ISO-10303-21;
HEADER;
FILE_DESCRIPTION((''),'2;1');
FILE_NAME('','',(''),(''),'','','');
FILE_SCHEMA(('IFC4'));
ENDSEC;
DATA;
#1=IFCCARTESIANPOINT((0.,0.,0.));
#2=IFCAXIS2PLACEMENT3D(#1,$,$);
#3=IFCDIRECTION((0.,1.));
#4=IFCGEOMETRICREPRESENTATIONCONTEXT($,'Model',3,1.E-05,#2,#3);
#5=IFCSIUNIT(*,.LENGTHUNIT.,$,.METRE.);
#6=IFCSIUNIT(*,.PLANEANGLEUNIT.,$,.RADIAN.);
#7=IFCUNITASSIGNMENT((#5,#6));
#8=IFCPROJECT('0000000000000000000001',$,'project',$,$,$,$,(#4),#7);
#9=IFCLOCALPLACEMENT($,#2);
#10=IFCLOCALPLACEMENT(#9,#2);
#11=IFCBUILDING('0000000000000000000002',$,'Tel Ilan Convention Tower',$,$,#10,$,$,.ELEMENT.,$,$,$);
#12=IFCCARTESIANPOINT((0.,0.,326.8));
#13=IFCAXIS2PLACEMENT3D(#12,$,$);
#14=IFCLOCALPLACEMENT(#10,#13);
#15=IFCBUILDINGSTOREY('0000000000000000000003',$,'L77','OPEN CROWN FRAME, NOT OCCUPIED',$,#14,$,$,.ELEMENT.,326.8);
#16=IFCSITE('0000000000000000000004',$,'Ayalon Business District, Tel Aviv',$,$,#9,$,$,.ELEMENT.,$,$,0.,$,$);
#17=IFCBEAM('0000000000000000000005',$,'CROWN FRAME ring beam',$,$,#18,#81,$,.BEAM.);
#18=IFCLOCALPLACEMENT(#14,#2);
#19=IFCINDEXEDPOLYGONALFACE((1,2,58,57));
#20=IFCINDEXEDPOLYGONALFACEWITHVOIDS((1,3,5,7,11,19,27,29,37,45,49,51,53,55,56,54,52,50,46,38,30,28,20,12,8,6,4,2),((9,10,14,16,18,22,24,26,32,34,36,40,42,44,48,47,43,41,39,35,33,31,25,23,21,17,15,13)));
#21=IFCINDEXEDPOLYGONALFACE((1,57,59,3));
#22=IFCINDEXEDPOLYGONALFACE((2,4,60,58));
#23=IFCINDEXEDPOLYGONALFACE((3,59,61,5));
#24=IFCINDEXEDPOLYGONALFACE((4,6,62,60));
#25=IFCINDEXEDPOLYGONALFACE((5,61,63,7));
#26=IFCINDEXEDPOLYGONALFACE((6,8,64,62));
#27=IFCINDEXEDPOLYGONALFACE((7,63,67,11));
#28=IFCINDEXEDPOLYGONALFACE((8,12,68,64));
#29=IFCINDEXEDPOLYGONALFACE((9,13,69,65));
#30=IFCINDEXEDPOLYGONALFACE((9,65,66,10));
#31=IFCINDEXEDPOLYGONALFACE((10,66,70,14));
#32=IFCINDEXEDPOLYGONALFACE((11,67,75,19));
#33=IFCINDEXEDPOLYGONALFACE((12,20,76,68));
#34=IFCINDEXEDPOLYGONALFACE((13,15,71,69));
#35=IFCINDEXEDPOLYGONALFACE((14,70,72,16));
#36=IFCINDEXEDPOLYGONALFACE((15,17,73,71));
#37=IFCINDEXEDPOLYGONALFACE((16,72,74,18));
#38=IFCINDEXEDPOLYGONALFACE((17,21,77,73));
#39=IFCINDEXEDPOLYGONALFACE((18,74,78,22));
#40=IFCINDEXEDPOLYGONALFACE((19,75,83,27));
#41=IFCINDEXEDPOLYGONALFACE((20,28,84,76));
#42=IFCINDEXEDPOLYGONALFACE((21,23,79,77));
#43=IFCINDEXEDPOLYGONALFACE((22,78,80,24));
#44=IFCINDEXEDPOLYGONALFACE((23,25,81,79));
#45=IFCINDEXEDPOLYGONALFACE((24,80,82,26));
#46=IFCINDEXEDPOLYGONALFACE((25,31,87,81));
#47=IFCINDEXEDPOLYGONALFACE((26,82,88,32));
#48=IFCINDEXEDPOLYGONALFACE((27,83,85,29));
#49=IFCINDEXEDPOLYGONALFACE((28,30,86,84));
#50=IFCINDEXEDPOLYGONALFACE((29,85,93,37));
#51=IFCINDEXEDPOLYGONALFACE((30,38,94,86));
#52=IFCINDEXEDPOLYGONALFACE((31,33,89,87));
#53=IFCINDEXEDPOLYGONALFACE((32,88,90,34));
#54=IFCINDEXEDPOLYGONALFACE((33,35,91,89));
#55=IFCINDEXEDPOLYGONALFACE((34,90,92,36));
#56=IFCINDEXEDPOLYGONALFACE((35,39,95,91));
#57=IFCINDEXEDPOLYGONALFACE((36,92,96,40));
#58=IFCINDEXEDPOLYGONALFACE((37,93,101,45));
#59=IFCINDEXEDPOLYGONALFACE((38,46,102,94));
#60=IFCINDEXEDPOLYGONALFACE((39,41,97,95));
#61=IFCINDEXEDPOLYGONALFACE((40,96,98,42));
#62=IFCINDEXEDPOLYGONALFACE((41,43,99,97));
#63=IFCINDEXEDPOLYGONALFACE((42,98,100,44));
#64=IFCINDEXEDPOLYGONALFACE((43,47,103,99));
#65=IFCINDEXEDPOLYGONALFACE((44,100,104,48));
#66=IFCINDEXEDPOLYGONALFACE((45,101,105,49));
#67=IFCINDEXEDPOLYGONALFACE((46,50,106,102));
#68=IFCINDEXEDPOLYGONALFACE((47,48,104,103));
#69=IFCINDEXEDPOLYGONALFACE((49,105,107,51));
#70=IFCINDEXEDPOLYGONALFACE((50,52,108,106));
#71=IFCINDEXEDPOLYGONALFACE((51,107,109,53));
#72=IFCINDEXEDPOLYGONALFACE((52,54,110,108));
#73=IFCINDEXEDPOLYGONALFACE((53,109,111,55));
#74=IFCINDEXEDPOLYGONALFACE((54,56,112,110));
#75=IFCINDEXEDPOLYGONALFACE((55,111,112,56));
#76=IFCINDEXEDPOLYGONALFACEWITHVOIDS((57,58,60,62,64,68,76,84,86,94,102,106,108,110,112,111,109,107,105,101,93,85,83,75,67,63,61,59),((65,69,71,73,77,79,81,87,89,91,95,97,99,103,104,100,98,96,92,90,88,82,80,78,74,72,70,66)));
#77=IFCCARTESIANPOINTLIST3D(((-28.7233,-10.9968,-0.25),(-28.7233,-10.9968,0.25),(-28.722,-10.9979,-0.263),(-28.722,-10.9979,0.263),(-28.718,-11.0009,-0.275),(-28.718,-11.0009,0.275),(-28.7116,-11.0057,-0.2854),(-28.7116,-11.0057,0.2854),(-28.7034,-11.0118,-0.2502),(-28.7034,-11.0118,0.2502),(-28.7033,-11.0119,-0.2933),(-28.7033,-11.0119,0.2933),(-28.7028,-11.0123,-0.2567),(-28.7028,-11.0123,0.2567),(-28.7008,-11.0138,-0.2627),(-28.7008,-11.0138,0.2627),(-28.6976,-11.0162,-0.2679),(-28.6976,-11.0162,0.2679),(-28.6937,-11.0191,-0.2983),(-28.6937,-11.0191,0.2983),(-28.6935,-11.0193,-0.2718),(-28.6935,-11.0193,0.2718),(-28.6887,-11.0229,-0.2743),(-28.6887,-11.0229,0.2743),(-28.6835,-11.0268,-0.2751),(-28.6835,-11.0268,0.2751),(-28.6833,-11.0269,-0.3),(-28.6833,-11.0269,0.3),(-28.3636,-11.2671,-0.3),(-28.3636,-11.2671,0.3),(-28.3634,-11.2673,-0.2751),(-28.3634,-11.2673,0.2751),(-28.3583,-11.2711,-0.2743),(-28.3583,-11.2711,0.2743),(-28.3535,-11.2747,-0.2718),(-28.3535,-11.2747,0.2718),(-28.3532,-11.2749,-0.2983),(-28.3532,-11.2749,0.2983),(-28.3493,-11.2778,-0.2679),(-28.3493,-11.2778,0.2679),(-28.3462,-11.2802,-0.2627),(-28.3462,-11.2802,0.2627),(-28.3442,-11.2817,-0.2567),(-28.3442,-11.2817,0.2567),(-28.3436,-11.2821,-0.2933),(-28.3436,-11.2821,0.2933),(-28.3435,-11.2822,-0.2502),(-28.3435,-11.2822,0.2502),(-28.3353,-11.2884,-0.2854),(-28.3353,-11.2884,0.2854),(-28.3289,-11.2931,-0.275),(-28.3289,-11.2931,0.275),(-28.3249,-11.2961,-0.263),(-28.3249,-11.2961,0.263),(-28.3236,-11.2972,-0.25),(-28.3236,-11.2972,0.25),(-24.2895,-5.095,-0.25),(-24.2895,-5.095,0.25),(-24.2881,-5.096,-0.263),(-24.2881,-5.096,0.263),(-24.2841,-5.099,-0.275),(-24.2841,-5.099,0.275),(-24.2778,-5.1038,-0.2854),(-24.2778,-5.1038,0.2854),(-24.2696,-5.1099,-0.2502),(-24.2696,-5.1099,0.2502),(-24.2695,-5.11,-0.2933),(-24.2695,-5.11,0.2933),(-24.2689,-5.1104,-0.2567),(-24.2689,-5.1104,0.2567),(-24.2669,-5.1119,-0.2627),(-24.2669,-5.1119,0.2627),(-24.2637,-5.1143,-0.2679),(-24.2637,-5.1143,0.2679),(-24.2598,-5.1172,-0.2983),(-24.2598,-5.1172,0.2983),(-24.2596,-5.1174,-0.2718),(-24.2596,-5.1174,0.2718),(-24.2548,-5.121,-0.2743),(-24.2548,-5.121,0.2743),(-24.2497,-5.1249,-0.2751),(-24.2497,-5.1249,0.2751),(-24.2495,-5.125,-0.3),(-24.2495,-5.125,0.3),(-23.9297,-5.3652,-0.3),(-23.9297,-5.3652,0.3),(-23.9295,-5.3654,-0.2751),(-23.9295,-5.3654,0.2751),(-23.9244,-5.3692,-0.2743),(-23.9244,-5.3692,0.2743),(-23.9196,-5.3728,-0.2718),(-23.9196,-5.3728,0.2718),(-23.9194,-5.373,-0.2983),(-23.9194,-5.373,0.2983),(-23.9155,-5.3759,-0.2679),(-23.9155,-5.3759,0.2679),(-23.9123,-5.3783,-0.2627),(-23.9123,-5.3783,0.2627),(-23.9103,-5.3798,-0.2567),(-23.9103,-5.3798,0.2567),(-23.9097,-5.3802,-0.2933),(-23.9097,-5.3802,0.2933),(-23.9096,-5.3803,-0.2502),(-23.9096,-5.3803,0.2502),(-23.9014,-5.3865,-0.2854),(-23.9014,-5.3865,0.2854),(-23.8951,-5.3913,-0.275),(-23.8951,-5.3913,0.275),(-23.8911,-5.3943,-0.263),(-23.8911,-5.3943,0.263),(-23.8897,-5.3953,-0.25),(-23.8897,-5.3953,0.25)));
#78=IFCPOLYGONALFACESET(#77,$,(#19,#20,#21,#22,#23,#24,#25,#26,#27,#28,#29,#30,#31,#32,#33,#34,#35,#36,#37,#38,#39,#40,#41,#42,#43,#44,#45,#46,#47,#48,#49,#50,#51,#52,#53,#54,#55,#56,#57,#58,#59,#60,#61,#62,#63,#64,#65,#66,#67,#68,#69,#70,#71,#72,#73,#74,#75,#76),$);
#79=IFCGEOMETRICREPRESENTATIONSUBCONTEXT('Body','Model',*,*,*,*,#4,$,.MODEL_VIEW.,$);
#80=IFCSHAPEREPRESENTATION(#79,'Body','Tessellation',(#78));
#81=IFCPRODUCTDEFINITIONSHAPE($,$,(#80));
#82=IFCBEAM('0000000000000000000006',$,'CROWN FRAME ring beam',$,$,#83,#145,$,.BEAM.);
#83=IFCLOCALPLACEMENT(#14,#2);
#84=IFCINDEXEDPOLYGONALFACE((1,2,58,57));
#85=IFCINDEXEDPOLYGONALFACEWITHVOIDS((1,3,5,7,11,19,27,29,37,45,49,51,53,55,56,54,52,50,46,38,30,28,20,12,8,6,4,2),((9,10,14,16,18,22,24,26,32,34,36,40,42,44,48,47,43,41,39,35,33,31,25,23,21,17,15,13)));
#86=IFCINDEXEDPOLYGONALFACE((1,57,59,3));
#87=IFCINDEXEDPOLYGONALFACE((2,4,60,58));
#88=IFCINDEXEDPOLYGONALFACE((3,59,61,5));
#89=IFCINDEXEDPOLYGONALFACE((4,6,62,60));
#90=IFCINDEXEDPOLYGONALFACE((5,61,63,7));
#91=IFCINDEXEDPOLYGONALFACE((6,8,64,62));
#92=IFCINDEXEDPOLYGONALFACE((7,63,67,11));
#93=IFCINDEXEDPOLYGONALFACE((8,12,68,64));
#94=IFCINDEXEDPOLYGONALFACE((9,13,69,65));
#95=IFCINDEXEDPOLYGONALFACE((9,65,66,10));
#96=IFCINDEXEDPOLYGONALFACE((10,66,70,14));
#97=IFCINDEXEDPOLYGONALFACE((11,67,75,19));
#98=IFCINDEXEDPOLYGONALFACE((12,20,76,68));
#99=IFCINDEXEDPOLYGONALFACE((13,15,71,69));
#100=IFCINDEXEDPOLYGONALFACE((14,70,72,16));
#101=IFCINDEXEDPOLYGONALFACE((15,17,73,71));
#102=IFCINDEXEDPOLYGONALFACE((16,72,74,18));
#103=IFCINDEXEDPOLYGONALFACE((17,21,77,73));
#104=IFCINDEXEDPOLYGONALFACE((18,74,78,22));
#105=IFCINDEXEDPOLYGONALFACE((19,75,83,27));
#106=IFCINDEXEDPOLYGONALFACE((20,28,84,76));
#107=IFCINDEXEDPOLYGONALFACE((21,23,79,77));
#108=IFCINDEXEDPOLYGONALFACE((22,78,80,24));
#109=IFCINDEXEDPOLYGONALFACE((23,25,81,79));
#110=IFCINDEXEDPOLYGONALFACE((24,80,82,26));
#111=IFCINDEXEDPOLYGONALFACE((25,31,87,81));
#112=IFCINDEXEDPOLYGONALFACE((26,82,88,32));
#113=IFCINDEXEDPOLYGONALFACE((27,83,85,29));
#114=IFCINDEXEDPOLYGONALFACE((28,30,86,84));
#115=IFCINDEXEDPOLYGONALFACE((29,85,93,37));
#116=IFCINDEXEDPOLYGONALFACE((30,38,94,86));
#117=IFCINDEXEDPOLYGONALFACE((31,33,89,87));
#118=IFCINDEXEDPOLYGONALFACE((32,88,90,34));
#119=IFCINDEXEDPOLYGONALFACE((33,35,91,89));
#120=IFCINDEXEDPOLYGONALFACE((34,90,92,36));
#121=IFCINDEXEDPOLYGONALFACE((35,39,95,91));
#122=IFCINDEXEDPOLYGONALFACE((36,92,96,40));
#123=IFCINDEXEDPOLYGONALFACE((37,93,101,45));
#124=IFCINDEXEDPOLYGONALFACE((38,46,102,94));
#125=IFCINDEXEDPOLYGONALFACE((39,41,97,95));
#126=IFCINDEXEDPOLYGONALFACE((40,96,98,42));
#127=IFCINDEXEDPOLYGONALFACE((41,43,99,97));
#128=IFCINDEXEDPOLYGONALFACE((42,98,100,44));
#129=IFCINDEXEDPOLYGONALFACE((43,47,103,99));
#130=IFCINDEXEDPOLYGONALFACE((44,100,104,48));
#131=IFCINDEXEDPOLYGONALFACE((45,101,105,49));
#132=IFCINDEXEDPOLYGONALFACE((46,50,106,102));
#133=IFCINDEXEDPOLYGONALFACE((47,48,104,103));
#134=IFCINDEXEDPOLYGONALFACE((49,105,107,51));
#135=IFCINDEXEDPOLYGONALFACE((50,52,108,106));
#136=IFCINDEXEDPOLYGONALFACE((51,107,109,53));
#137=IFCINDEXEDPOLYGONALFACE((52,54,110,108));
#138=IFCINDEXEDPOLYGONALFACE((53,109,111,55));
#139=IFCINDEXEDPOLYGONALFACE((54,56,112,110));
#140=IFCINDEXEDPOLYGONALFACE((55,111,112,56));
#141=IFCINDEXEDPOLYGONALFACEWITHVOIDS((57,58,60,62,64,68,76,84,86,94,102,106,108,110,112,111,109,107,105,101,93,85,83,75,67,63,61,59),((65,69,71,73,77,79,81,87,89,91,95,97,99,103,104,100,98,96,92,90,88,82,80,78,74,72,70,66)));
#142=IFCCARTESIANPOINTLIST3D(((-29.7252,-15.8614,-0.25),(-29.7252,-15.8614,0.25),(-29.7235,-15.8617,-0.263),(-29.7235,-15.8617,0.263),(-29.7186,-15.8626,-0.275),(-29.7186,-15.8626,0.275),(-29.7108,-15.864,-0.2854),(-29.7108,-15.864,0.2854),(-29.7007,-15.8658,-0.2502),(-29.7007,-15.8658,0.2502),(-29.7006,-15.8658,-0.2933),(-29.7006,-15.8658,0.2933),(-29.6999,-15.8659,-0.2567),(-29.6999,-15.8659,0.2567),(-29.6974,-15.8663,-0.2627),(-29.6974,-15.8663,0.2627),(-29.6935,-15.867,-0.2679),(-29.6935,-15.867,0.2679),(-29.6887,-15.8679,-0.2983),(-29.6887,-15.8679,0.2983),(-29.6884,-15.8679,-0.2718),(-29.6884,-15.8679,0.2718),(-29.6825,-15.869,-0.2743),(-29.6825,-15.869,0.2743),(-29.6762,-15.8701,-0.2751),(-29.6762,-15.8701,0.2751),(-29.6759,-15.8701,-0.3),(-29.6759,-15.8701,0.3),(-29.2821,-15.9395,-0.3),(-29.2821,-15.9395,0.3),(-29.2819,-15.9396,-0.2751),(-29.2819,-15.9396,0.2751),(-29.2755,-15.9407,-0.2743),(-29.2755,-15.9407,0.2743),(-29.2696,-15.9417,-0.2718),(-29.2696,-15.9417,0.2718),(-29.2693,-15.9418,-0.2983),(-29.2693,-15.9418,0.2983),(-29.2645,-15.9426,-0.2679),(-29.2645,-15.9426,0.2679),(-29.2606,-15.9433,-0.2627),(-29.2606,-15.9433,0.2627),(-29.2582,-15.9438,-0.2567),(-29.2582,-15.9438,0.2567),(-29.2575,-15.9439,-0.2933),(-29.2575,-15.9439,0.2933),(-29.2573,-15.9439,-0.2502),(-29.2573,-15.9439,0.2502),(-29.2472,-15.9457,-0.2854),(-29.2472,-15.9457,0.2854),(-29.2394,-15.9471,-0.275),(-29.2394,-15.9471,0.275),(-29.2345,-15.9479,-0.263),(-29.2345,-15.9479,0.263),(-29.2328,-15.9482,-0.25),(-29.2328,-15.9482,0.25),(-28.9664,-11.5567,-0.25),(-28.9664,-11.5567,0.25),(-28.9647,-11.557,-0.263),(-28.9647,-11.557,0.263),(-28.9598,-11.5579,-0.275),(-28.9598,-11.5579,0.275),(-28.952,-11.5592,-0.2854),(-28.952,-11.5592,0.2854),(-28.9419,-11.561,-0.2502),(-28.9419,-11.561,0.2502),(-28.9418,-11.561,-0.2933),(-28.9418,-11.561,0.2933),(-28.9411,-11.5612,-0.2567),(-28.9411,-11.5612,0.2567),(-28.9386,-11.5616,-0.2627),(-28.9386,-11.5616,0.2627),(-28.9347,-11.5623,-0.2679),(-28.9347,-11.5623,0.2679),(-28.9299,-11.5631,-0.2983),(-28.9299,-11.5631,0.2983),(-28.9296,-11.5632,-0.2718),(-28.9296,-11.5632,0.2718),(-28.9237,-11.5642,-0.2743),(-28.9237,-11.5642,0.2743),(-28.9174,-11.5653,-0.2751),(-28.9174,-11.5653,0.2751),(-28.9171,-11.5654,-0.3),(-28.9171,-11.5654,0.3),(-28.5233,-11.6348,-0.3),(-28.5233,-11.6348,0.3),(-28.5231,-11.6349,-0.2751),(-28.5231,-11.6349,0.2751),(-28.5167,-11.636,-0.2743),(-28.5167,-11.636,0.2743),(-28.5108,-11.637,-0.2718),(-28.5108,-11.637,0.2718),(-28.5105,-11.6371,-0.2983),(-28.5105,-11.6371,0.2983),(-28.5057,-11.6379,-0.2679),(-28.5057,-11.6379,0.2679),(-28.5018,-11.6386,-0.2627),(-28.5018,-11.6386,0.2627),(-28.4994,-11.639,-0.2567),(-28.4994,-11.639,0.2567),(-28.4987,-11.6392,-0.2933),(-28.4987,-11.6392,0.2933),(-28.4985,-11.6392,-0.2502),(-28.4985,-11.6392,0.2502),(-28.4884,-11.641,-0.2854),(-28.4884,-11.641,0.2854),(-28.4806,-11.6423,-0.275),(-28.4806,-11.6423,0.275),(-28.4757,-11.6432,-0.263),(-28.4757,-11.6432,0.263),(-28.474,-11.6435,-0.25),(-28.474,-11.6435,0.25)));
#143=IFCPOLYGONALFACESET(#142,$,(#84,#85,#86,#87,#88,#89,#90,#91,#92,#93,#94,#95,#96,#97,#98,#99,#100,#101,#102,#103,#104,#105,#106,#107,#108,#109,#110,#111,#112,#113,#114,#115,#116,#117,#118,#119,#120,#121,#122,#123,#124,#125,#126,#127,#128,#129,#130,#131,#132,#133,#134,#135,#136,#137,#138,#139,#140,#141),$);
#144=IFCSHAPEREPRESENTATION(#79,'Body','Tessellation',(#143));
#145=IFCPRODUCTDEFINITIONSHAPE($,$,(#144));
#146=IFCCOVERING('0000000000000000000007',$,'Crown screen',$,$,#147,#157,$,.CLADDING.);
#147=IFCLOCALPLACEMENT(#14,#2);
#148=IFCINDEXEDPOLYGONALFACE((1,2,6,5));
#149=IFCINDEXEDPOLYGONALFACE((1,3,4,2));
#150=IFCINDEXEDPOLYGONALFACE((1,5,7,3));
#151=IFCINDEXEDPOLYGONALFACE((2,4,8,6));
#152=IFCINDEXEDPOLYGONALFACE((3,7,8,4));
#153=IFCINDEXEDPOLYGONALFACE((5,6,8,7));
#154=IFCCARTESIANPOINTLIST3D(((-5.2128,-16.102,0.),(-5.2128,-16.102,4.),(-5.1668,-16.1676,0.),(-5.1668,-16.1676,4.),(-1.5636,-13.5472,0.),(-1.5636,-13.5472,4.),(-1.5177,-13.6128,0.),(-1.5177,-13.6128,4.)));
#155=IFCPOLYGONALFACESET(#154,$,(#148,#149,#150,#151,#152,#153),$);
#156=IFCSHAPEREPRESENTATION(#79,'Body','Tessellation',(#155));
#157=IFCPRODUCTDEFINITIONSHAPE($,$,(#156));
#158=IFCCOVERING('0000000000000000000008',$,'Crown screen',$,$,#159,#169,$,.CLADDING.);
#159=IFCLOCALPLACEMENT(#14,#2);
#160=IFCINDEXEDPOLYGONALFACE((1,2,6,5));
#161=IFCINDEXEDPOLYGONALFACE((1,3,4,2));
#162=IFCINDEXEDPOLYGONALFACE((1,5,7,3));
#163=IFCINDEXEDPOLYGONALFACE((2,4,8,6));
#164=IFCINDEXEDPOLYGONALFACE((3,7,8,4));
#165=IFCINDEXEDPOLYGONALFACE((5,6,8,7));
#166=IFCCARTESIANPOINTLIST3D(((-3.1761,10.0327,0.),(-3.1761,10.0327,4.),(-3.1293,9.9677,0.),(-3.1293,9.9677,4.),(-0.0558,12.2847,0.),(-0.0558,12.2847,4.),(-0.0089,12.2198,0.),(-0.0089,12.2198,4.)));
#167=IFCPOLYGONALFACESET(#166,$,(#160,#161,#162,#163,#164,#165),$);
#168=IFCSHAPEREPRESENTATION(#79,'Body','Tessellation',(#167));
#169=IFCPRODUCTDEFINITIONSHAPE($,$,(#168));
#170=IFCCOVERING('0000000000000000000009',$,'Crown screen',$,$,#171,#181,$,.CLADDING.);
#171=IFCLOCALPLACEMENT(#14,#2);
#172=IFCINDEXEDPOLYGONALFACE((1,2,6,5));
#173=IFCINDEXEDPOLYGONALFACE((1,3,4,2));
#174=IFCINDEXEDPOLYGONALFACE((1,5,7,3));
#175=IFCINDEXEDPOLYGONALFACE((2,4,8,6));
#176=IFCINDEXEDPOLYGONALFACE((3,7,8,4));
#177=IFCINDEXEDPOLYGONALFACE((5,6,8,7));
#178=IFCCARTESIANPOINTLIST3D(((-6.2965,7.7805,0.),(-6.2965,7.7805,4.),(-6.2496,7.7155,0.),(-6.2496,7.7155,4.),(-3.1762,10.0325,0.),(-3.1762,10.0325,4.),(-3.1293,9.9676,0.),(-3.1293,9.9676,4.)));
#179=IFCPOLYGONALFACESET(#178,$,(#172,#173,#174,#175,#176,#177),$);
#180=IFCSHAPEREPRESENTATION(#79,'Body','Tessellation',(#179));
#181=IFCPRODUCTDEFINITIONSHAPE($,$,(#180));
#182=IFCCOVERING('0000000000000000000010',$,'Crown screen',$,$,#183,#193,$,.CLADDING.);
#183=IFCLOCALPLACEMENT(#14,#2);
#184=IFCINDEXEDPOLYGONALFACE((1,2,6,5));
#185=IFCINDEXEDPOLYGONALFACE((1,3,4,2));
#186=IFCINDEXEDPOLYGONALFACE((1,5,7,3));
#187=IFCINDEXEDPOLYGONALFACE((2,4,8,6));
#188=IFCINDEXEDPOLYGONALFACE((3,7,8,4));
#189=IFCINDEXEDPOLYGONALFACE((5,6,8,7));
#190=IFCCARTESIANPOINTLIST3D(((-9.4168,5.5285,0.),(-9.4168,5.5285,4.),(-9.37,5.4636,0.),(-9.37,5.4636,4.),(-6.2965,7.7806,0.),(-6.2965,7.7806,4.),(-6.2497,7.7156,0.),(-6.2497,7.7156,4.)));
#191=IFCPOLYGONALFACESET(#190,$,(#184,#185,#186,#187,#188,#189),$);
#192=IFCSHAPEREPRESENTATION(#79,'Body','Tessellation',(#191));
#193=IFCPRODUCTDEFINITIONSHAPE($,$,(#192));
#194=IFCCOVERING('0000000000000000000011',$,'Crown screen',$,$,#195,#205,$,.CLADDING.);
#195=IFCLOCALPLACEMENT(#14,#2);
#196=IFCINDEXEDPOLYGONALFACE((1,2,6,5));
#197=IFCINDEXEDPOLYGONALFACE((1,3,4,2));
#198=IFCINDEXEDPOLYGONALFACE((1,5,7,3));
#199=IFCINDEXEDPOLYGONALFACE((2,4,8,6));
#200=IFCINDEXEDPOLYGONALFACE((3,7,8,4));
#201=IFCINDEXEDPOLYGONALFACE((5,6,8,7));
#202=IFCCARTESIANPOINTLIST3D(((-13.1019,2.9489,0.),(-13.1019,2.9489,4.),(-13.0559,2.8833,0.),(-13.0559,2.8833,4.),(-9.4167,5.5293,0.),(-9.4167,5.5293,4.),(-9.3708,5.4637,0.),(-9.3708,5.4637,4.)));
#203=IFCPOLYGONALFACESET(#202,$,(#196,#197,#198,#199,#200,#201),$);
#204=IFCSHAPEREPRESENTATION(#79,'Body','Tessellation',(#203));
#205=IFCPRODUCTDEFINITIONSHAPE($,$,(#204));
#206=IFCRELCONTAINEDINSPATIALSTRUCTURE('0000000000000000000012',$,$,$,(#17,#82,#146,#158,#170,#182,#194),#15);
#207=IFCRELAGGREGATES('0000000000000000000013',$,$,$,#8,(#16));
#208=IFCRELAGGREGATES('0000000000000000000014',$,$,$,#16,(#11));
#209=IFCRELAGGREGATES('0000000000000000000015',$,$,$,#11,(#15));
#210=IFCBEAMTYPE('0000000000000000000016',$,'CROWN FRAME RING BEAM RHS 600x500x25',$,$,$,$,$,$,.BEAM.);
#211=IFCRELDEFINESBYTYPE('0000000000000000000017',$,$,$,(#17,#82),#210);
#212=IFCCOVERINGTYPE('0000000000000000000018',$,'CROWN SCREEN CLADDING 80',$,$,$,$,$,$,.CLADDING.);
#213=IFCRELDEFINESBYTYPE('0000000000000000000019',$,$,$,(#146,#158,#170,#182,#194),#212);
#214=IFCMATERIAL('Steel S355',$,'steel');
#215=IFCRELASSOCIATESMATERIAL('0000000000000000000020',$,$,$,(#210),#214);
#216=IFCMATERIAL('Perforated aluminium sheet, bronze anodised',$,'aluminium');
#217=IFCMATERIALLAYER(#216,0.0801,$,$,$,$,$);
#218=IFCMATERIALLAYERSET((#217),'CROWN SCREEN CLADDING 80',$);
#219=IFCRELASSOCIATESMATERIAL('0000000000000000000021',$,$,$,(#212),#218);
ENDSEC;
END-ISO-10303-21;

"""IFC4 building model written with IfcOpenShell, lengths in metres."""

from ifc_helpers import new_model, si_unit, direction, frame, origin, origin_2d, place, context, subcontext, project, spatial, rectangle, hollow_rectangle, extrude, material, layer, layer_set, material_profile, profile_set, type_object, element, save


model = new_model("IFC4")

# Units and contexts
model_context = context("Model", 3, precision=1e-05, world=origin(), true_north=direction((0.0, 1.0)))
body_context = subcontext(model_context, "Body", "Model", "MODEL_VIEW")
ifc_project = project(units=[si_unit("LENGTHUNIT", "METRE"), si_unit("PLANEANGLEUNIT", "RADIAN")], contexts=[model_context])

# Site, building, storey
site_placement = place(None, origin())
site = spatial("IfcSite", under=ifc_project, at=site_placement, Name="Ayalon Business District, Tel Aviv", CompositionType="ELEMENT", RefElevation=0.0)
building_placement = place(site_placement, origin())
building = spatial("IfcBuilding", under=site, at=building_placement, Name="Tel Ilan Convention Tower", CompositionType="ELEMENT")
storey_placement = place(building_placement, frame((0.0, 0.0, 326.8)))
storey = spatial("IfcBuildingStorey", under=building, at=storey_placement, Name="L77", Description="OPEN CROWN FRAME, NOT OCCUPIED", CompositionType="ELEMENT", Elevation=326.8)

# Beams
ifc_material_1 = material(Name="Steel S355", Category="steel")
ifc_material_profile_1 = material_profile(ifc_material_1, hollow_rectangle(XDim=0.5, YDim=0.6001, WallThickness=0.0249, InnerFilletRadius=0.0249, OuterFilletRadius=0.05, at=origin_2d()), Name="RHS 600x500x25")
ifc_profile_set_1 = profile_set([ifc_material_profile_1], Name="Steel S355")
beam_type = type_object("IfcBeamType", Name="CROWN FRAME RING BEAM RHS 600x500x25", PredefinedType="BEAM", material=ifc_profile_set_1)
beam_1_placement = place(storey_placement, frame((-24.0896, -5.2451, 0.0), z_axis=(-0.600645, -0.799516, 0.0), x_axis=(0.799516, -0.600645, 0.0)))
element("IfcBeam", 1, at=beam_1_placement, inside=storey, type_object=beam_type, Name="CROWN FRAME ring beam", PredefinedType="BEAM", context=body_context, shape_type="SweptSolid", body=[
    extrude(hollow_rectangle(XDim=0.5, YDim=0.6001, WallThickness=0.0249, InnerFilletRadius=0.0249, OuterFilletRadius=0.05, at=origin_2d()), origin(), (0.0, 0.0, 1.0), 7.3818),
])
beam_2_placement = place(storey_placement, frame((-28.7202, -11.6001, 0.0), z_axis=(-0.173594, -0.984817, 0.0), x_axis=(0.984817, -0.173594, 0.0)))
element("IfcBeam", 2, at=beam_2_placement, inside=storey, type_object=beam_type, Name="CROWN FRAME ring beam", PredefinedType="BEAM", context=body_context, shape_type="SweptSolid", body=[
    extrude(hollow_rectangle(XDim=0.5, YDim=0.6001, WallThickness=0.0249, InnerFilletRadius=0.0249, OuterFilletRadius=0.05, at=origin_2d()), origin(), (0.0, 0.0, 1.0), 4.3711),
])

# Coverings
ifc_material_2 = material(Name="Perforated aluminium sheet, bronze anodised", Category="aluminium")
ifc_layer = layer(ifc_material_2, 0.0801)
ifc_layer_set = layer_set([ifc_layer], Name="CROWN SCREEN CLADDING 80")
covering_type = type_object("IfcCoveringType", Name="CROWN SCREEN CLADDING 80", PredefinedType="CLADDING", material=ifc_layer_set)
covering_placement = place(storey_placement, frame((-3.3652, -14.8574, 0.0), z_axis=(0.0, 0.0, 1.0), x_axis=(0.819185, 0.573529, 0.0)))
element("IfcCovering", 3, at=covering_placement, inside=storey, type_object=covering_type, Name="Crown screen", PredefinedType="CLADDING", context=body_context, shape_type="SweptSolid", body=[
    extrude(rectangle(XDim=4.4546, YDim=0.0801, at=origin_2d()), origin(), (0.0, 0.0, 1.0), 4.0),
])
for number, where, z_axis, x_axis, name in (
    (4, (-1.5925, 11.1262, 0.0), (0.0, 0.0, 1.0), (-0.810863, -0.585236, 0.0), "Crown screen"),
    (5, (-4.7129, 8.874, 0.0), (0.0, 0.0, 1.0), (-0.810863, -0.585236, 0.0), "Crown screen"),
    (6, (-7.8333, 6.6221, 0.0), (0.0, 0.0, 1.0), (-0.810863, -0.585236, 0.0), "Crown screen"),
):
    element("IfcCovering", number, at=place(storey_placement, frame(where, z_axis=z_axis, x_axis=x_axis)), inside=storey, type_object=covering_type, Name=name, PredefinedType="CLADDING", context=body_context, shape_type="SweptSolid", body=[
        extrude(rectangle(XDim=3.8481, YDim=0.0801, at=origin_2d()), origin(), (0.0, 0.0, 1.0), 4.0),
    ])
for number, where, z_axis, x_axis, name in (
    (7, (-11.2363, 4.2063, 0.0), (0.0, 0.0, 1.0), (-0.819148, -0.573582, 0.0), "Crown screen"),
):
    element("IfcCovering", number, at=place(storey_placement, frame(where, z_axis=z_axis, x_axis=x_axis)), inside=storey, type_object=covering_type, Name=name, PredefinedType="CLADDING", context=body_context, shape_type="SweptSolid", body=[
        extrude(rectangle(XDim=4.4988, YDim=0.0801, at=origin_2d()), origin(), (0.0, 0.0, 1.0), 4.0),
    ])

save(model, "model.ifc")
